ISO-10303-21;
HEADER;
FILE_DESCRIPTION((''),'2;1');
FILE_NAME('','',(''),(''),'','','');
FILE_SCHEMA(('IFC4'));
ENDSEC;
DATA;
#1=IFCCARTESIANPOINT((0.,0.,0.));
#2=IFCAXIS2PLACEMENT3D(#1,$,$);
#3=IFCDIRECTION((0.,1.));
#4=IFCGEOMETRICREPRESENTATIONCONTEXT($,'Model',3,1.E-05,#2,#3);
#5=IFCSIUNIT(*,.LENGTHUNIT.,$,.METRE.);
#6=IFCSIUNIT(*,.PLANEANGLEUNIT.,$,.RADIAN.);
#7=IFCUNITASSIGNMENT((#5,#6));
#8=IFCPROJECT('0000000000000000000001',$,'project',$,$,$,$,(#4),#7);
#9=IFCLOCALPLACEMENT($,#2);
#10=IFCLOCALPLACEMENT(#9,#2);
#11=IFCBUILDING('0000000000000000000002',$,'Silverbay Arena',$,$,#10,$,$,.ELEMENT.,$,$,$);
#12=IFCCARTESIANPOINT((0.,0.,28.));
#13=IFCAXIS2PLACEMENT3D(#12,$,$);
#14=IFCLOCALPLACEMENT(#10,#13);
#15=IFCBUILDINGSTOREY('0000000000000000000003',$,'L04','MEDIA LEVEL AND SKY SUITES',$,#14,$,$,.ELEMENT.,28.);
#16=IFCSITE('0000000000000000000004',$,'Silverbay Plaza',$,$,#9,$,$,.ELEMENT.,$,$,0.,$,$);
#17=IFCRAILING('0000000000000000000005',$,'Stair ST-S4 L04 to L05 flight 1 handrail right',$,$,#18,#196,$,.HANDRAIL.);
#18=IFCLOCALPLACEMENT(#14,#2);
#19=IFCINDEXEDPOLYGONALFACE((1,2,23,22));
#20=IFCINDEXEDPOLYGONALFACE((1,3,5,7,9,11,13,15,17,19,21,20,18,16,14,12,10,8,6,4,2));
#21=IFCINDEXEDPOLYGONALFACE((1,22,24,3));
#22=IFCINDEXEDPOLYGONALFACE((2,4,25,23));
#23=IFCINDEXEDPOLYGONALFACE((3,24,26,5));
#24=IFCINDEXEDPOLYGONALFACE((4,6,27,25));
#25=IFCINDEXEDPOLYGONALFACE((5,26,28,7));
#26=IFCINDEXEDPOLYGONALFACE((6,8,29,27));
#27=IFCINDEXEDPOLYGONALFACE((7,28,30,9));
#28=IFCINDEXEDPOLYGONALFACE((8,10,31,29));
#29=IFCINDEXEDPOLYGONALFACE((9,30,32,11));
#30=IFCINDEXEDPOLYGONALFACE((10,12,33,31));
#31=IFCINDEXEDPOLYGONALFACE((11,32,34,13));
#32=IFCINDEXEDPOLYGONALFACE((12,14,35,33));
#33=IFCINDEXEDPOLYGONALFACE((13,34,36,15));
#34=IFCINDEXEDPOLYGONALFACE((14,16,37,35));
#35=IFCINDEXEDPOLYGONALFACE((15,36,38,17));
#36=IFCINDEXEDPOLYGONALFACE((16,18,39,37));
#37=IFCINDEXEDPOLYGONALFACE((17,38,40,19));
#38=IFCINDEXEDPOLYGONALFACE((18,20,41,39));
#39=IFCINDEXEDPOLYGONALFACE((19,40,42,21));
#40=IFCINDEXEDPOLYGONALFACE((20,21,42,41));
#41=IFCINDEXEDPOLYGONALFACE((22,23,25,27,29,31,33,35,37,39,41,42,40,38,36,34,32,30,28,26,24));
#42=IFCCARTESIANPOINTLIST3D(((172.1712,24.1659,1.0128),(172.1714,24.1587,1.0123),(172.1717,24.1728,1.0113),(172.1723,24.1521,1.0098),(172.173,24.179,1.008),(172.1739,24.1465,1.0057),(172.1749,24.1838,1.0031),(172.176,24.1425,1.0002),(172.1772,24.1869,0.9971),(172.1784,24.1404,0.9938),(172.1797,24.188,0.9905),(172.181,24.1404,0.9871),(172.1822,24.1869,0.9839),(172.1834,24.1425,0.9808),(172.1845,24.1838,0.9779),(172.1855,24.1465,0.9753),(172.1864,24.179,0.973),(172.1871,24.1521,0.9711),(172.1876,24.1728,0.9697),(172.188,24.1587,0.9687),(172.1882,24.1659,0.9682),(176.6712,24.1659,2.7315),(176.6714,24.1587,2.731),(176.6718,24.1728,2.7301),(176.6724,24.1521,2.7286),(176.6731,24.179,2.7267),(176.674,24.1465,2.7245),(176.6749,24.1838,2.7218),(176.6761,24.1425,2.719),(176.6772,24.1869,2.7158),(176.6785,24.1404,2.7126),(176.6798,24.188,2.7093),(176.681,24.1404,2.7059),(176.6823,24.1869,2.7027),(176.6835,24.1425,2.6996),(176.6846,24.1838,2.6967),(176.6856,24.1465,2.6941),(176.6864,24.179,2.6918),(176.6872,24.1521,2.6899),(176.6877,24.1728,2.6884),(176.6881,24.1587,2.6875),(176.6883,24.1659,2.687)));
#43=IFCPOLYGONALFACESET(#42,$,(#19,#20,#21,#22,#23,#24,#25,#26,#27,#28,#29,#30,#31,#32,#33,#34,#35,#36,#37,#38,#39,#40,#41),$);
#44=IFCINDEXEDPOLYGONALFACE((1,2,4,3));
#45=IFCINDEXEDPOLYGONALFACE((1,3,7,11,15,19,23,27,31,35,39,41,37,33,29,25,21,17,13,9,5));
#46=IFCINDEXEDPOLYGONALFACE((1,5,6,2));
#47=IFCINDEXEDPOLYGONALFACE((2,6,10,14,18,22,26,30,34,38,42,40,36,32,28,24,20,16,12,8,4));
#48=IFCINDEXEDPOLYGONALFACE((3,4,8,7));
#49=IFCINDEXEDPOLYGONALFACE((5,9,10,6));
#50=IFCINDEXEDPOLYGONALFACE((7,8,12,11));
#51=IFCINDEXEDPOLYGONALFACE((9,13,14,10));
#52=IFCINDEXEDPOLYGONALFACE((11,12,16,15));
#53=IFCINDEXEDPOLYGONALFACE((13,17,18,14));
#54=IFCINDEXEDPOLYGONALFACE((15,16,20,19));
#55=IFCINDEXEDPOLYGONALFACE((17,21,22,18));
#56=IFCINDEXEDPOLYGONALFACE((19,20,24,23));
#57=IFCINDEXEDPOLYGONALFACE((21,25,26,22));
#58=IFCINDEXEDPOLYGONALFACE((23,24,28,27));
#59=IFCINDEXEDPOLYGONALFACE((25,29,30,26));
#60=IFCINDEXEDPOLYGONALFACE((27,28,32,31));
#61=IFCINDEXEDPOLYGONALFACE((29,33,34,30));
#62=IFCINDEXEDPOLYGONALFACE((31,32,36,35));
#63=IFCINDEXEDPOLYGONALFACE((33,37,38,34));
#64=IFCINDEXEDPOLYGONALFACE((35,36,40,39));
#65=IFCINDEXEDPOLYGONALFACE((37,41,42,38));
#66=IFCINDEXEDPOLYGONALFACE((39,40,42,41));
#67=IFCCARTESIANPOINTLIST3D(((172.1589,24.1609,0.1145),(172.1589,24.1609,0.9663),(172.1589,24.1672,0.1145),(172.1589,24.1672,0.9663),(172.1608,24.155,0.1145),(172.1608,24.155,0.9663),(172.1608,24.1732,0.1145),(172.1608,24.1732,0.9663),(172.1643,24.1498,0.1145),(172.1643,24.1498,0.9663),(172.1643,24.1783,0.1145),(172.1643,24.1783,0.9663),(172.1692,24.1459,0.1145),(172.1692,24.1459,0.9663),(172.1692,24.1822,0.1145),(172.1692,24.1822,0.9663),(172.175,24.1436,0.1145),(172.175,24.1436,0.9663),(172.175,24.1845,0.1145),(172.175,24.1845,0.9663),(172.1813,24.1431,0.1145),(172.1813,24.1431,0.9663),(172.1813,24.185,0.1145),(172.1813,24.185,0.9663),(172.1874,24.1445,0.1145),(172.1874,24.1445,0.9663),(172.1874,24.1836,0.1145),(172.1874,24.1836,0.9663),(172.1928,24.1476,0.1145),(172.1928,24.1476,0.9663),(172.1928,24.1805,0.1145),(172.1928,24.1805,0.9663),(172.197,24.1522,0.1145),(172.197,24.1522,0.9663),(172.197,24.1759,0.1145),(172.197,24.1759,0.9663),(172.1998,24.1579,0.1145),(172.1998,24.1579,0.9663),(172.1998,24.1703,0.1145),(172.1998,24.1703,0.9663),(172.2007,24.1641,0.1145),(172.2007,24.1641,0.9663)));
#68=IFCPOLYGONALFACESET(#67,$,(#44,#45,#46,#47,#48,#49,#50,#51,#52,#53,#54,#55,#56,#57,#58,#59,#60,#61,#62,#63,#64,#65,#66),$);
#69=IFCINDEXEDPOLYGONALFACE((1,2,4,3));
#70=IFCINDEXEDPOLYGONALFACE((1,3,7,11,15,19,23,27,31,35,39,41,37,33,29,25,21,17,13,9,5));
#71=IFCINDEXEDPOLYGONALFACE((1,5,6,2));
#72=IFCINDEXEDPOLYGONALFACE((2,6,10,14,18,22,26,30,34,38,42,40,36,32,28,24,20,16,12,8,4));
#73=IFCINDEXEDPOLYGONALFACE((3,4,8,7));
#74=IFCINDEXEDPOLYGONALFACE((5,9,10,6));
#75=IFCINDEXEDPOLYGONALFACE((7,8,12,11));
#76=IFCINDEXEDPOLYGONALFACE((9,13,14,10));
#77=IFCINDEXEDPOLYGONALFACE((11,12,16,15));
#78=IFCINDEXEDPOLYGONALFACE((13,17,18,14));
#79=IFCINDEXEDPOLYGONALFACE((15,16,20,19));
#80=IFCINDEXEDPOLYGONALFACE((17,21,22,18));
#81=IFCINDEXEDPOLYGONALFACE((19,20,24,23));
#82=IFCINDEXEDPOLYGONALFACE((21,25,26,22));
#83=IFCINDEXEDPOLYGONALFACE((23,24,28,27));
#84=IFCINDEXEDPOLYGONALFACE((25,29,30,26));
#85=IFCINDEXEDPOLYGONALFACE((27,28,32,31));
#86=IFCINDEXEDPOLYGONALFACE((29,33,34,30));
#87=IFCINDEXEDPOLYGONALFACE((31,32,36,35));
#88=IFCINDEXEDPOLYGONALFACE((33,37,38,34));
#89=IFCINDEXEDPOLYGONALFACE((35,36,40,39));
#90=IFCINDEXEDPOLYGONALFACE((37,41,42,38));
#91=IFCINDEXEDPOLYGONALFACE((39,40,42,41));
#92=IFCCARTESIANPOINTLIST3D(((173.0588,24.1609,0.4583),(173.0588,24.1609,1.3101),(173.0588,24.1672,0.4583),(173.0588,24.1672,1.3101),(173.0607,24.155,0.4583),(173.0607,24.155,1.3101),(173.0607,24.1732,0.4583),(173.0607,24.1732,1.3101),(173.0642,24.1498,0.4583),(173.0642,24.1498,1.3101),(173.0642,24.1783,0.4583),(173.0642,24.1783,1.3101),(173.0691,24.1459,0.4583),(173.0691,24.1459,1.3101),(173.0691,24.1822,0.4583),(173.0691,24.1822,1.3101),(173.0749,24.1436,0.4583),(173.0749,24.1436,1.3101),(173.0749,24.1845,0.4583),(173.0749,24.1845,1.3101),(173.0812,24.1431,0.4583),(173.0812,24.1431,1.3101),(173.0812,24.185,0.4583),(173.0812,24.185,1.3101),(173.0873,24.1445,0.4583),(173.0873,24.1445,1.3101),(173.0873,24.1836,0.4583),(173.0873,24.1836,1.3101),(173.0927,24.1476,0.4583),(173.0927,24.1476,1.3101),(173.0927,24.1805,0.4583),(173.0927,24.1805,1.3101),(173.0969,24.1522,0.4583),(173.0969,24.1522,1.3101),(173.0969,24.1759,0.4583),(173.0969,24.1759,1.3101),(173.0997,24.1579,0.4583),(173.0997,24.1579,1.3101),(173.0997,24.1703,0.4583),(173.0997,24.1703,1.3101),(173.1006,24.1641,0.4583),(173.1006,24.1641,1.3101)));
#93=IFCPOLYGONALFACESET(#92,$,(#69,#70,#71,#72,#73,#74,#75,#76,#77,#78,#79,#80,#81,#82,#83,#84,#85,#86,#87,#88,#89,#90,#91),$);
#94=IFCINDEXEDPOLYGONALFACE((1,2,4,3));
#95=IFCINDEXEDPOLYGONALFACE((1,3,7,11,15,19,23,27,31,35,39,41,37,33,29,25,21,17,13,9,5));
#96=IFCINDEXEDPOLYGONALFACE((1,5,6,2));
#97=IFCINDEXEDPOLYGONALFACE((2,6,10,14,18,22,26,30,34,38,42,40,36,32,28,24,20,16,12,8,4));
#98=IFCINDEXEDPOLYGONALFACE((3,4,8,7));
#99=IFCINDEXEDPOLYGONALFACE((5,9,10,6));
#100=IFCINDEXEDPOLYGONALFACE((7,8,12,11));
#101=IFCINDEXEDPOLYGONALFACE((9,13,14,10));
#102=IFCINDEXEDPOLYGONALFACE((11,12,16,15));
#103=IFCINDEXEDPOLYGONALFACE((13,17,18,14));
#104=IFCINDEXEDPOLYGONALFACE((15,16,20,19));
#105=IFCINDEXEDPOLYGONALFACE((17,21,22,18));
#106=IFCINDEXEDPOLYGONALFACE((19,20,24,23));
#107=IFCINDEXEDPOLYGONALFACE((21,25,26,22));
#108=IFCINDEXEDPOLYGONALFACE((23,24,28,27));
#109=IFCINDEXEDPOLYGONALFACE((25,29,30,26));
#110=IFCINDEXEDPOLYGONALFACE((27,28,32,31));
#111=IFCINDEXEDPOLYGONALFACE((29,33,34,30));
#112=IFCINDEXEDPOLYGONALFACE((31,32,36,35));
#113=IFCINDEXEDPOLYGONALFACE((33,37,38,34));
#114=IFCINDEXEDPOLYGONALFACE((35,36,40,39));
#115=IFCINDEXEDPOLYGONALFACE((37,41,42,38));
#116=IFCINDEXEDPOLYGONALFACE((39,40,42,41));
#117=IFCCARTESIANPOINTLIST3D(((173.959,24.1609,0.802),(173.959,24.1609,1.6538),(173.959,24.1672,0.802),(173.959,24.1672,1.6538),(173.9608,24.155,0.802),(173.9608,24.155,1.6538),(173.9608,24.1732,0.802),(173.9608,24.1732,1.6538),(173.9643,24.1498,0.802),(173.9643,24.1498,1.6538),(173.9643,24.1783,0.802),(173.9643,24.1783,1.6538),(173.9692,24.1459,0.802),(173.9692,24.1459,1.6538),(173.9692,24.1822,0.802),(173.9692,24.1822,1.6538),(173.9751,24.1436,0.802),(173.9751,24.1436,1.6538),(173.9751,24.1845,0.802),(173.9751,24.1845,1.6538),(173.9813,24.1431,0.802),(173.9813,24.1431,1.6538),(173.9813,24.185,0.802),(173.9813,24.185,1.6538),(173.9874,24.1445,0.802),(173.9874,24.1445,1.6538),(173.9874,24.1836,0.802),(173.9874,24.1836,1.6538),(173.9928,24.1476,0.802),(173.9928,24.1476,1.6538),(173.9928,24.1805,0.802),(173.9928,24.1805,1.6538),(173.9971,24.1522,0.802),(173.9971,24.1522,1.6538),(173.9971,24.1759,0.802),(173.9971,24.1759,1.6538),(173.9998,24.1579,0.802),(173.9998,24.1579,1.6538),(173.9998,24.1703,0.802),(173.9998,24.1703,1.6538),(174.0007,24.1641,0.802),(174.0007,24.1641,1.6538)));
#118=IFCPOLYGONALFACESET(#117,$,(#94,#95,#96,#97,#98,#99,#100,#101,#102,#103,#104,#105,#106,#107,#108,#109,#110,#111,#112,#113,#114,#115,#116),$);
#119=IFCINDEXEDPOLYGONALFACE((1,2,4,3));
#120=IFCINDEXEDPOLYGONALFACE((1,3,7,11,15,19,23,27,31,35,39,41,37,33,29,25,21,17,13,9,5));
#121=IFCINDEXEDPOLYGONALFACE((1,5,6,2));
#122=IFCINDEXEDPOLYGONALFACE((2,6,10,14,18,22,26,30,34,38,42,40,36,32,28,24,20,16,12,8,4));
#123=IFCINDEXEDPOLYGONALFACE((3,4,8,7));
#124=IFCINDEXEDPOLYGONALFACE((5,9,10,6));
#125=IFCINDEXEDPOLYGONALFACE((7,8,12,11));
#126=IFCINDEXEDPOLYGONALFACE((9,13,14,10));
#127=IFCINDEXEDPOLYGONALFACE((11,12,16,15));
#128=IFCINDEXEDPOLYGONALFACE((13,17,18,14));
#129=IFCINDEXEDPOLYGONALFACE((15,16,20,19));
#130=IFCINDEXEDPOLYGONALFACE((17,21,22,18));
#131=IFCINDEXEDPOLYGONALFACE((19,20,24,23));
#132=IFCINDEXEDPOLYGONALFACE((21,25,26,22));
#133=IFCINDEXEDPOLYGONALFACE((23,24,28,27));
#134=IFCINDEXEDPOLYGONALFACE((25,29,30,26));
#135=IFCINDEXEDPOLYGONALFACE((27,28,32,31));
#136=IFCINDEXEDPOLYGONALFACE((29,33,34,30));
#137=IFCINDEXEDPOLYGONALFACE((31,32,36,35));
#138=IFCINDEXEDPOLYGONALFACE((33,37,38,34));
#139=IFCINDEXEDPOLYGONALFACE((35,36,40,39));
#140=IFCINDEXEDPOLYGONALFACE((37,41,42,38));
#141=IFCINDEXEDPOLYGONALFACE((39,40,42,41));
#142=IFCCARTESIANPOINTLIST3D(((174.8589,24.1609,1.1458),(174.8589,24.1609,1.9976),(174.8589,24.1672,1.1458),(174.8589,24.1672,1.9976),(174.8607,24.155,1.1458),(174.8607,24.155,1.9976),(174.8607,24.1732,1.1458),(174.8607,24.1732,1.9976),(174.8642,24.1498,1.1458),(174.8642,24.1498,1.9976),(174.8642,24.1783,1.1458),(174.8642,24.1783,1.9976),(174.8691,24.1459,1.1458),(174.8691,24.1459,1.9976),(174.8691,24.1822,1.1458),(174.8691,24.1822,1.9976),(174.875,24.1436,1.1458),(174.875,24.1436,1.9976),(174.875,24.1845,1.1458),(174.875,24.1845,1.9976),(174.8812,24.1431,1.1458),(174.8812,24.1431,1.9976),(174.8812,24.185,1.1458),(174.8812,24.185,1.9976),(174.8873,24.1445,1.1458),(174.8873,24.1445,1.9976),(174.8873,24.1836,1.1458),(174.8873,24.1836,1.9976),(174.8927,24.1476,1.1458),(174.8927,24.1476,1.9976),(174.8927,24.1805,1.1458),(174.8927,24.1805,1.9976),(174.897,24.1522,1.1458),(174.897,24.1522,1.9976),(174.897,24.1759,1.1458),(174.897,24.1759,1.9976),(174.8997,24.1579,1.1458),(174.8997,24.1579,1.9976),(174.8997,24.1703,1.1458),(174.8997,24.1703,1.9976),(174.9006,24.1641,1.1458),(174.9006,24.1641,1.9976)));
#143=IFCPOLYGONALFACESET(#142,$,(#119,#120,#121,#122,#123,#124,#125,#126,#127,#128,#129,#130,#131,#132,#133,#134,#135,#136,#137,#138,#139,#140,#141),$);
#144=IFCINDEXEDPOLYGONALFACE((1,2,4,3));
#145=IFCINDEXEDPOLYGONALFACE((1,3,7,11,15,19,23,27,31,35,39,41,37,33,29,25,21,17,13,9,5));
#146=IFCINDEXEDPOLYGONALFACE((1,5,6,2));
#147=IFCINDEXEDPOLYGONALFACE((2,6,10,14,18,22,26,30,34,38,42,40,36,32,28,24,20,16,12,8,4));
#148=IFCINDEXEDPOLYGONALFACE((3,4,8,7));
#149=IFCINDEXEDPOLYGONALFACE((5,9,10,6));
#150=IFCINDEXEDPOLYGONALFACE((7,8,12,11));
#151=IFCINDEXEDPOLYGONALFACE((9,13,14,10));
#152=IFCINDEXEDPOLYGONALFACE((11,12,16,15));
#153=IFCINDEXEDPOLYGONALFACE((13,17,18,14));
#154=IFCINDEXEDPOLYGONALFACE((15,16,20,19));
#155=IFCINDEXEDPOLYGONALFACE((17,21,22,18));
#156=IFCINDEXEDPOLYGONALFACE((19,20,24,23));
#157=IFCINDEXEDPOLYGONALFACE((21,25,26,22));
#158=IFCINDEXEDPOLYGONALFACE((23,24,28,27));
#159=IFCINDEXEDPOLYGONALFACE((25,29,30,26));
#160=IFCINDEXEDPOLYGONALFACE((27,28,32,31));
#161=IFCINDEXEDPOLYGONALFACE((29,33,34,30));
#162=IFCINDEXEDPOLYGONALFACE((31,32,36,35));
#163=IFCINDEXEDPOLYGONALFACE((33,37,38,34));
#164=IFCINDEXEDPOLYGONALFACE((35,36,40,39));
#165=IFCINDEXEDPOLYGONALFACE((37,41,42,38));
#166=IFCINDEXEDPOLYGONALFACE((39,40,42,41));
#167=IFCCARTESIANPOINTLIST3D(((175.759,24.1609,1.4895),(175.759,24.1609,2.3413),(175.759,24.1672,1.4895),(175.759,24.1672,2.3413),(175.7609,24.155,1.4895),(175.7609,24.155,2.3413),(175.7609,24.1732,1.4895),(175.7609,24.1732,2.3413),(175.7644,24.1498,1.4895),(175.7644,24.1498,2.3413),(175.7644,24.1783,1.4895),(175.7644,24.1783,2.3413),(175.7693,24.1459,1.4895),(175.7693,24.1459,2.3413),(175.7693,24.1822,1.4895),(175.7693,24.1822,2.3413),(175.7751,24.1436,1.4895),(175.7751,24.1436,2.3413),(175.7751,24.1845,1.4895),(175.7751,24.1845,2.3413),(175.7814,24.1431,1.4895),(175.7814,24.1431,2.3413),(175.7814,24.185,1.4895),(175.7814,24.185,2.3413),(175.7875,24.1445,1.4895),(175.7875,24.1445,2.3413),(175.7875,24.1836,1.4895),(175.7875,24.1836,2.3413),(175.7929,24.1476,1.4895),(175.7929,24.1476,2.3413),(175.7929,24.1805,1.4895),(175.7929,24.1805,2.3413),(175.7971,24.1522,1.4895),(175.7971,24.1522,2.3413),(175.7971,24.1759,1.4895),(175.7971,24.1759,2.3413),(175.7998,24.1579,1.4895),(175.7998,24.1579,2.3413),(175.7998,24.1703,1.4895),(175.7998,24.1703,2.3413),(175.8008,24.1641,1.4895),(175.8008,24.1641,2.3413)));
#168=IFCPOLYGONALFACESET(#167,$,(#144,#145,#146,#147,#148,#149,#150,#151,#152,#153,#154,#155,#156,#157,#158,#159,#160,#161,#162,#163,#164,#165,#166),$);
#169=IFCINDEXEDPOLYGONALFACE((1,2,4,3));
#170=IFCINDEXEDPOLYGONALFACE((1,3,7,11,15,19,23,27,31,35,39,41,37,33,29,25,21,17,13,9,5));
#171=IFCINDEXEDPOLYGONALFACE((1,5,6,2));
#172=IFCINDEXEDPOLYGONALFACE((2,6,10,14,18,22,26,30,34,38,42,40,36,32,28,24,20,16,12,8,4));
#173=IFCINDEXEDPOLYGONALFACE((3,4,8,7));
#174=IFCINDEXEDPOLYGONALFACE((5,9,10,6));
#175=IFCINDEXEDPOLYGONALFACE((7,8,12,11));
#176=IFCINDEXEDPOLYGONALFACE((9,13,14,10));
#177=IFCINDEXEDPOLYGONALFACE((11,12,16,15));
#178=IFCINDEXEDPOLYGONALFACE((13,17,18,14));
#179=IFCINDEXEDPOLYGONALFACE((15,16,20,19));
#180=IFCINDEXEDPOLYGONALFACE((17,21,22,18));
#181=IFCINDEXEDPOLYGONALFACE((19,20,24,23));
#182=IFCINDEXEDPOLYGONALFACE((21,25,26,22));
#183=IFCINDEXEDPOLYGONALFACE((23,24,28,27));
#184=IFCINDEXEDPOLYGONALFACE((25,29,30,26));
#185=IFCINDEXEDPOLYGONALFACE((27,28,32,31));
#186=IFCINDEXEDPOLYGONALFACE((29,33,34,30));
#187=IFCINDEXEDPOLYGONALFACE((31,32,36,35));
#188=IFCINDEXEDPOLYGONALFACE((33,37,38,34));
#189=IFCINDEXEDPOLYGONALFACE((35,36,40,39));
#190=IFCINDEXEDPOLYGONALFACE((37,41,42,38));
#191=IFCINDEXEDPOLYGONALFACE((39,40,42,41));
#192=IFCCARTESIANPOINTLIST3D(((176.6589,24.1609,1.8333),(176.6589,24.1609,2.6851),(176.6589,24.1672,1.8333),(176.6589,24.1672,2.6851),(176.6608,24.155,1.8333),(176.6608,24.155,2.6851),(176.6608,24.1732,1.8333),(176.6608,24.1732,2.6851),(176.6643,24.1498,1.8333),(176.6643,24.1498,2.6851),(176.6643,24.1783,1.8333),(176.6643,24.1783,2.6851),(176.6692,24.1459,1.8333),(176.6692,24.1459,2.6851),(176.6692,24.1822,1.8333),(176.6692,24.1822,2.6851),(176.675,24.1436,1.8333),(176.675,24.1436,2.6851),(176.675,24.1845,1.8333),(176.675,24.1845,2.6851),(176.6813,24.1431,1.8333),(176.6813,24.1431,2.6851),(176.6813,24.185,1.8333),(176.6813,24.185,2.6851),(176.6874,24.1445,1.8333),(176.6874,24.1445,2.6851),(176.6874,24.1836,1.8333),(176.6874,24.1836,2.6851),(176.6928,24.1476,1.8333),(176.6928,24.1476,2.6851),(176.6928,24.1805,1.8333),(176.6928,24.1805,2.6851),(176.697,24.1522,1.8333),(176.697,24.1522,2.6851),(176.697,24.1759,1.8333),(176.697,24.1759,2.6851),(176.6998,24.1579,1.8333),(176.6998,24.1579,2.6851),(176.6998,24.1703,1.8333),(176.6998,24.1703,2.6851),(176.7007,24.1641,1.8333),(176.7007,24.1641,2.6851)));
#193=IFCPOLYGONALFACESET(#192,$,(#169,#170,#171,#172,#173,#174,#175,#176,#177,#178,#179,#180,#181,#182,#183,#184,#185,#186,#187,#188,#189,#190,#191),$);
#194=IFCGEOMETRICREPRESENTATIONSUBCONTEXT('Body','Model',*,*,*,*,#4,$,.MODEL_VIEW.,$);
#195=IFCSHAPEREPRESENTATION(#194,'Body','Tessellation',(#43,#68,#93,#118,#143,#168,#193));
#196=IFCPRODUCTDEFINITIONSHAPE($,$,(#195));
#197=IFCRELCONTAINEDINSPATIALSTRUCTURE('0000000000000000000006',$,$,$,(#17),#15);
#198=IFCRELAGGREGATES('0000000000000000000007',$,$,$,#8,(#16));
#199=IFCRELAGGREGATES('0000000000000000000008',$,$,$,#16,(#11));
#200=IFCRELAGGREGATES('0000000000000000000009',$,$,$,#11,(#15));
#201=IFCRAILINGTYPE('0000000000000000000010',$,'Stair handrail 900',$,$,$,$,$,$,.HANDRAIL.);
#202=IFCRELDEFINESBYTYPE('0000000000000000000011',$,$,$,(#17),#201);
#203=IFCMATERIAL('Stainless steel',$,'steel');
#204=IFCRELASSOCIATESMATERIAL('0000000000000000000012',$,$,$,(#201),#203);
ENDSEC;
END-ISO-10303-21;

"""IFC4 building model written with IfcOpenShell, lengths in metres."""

from ifc_helpers import new_model, si_unit, direction, frame, origin, origin_2d, place, context, subcontext, project, spatial, circle, extrude, material, type_object, element, save


model = new_model("IFC4")

# Units and contexts
model_context = context("Model", 3, precision=1e-05, world=origin(), true_north=direction((0.0, 1.0)))
body_context = subcontext(model_context, "Body", "Model", "MODEL_VIEW")
ifc_project = project(units=[si_unit("LENGTHUNIT", "METRE"), si_unit("PLANEANGLEUNIT", "RADIAN")], contexts=[model_context])

# Site, building, storey
site_placement = place(None, origin())
site = spatial("IfcSite", under=ifc_project, at=site_placement, Name="Silverbay Plaza", CompositionType="ELEMENT", RefElevation=0.0)
building_placement = place(site_placement, origin())
building = spatial("IfcBuilding", under=site, at=building_placement, Name="Silverbay Arena", CompositionType="ELEMENT")
storey_placement = place(building_placement, frame((0.0, 0.0, 28.0)))
storey = spatial("IfcBuildingStorey", under=building, at=storey_placement, Name="L04", Description="MEDIA LEVEL AND SKY SUITES", CompositionType="ELEMENT", Elevation=28.0)

# Railing
ifc_material_1 = material(Name="Stainless steel", Category="steel")
railing_type_1 = type_object("IfcRailingType", Name="Stair handrail 900", PredefinedType="HANDRAIL", material=ifc_material_1)
railing_1_placement = place(storey_placement, frame((172.1797, 24.1641, 0.1145)))
element("IfcRailing", 1, at=railing_1_placement, inside=storey, type_object=railing_type_1, Name="Stair ST-S4 L04 to L05 flight 1 handrail right", PredefinedType="HANDRAIL", context=body_context, shape_type="SweptSolid", body=[
    extrude(circle(Radius=0.0239, at=origin_2d()), frame((0.0, 0.0, 0.876), z_axis=(0.934179, 0.0, 0.356805), x_axis=(0.0, 1.0, 0.0)), (0.0, 0.0, 1.0), 4.8171),
    extrude(circle(Radius=0.021, at=origin_2d()), origin(), (0.0, 0.0, 1.0), 0.8518),
    extrude(circle(Radius=0.021, at=origin_2d()), frame((0.8999, 0.0, 0.3438)), (0.0, 0.0, 1.0), 0.8518),
    extrude(circle(Radius=0.021, at=origin_2d()), frame((1.8, 0.0, 0.6875)), (0.0, 0.0, 1.0), 0.8518),
    extrude(circle(Radius=0.021, at=origin_2d()), frame((2.7, 0.0, 1.0312)), (0.0, 0.0, 1.0), 0.8518),
    extrude(circle(Radius=0.021, at=origin_2d()), frame((3.6001, 0.0, 1.375)), (0.0, 0.0, 1.0), 0.8518),
    extrude(circle(Radius=0.021, at=origin_2d()), frame((4.5, 0.0, 1.7188)), (0.0, 0.0, 1.0), 0.8518),
])

save(model, "model.ifc")
